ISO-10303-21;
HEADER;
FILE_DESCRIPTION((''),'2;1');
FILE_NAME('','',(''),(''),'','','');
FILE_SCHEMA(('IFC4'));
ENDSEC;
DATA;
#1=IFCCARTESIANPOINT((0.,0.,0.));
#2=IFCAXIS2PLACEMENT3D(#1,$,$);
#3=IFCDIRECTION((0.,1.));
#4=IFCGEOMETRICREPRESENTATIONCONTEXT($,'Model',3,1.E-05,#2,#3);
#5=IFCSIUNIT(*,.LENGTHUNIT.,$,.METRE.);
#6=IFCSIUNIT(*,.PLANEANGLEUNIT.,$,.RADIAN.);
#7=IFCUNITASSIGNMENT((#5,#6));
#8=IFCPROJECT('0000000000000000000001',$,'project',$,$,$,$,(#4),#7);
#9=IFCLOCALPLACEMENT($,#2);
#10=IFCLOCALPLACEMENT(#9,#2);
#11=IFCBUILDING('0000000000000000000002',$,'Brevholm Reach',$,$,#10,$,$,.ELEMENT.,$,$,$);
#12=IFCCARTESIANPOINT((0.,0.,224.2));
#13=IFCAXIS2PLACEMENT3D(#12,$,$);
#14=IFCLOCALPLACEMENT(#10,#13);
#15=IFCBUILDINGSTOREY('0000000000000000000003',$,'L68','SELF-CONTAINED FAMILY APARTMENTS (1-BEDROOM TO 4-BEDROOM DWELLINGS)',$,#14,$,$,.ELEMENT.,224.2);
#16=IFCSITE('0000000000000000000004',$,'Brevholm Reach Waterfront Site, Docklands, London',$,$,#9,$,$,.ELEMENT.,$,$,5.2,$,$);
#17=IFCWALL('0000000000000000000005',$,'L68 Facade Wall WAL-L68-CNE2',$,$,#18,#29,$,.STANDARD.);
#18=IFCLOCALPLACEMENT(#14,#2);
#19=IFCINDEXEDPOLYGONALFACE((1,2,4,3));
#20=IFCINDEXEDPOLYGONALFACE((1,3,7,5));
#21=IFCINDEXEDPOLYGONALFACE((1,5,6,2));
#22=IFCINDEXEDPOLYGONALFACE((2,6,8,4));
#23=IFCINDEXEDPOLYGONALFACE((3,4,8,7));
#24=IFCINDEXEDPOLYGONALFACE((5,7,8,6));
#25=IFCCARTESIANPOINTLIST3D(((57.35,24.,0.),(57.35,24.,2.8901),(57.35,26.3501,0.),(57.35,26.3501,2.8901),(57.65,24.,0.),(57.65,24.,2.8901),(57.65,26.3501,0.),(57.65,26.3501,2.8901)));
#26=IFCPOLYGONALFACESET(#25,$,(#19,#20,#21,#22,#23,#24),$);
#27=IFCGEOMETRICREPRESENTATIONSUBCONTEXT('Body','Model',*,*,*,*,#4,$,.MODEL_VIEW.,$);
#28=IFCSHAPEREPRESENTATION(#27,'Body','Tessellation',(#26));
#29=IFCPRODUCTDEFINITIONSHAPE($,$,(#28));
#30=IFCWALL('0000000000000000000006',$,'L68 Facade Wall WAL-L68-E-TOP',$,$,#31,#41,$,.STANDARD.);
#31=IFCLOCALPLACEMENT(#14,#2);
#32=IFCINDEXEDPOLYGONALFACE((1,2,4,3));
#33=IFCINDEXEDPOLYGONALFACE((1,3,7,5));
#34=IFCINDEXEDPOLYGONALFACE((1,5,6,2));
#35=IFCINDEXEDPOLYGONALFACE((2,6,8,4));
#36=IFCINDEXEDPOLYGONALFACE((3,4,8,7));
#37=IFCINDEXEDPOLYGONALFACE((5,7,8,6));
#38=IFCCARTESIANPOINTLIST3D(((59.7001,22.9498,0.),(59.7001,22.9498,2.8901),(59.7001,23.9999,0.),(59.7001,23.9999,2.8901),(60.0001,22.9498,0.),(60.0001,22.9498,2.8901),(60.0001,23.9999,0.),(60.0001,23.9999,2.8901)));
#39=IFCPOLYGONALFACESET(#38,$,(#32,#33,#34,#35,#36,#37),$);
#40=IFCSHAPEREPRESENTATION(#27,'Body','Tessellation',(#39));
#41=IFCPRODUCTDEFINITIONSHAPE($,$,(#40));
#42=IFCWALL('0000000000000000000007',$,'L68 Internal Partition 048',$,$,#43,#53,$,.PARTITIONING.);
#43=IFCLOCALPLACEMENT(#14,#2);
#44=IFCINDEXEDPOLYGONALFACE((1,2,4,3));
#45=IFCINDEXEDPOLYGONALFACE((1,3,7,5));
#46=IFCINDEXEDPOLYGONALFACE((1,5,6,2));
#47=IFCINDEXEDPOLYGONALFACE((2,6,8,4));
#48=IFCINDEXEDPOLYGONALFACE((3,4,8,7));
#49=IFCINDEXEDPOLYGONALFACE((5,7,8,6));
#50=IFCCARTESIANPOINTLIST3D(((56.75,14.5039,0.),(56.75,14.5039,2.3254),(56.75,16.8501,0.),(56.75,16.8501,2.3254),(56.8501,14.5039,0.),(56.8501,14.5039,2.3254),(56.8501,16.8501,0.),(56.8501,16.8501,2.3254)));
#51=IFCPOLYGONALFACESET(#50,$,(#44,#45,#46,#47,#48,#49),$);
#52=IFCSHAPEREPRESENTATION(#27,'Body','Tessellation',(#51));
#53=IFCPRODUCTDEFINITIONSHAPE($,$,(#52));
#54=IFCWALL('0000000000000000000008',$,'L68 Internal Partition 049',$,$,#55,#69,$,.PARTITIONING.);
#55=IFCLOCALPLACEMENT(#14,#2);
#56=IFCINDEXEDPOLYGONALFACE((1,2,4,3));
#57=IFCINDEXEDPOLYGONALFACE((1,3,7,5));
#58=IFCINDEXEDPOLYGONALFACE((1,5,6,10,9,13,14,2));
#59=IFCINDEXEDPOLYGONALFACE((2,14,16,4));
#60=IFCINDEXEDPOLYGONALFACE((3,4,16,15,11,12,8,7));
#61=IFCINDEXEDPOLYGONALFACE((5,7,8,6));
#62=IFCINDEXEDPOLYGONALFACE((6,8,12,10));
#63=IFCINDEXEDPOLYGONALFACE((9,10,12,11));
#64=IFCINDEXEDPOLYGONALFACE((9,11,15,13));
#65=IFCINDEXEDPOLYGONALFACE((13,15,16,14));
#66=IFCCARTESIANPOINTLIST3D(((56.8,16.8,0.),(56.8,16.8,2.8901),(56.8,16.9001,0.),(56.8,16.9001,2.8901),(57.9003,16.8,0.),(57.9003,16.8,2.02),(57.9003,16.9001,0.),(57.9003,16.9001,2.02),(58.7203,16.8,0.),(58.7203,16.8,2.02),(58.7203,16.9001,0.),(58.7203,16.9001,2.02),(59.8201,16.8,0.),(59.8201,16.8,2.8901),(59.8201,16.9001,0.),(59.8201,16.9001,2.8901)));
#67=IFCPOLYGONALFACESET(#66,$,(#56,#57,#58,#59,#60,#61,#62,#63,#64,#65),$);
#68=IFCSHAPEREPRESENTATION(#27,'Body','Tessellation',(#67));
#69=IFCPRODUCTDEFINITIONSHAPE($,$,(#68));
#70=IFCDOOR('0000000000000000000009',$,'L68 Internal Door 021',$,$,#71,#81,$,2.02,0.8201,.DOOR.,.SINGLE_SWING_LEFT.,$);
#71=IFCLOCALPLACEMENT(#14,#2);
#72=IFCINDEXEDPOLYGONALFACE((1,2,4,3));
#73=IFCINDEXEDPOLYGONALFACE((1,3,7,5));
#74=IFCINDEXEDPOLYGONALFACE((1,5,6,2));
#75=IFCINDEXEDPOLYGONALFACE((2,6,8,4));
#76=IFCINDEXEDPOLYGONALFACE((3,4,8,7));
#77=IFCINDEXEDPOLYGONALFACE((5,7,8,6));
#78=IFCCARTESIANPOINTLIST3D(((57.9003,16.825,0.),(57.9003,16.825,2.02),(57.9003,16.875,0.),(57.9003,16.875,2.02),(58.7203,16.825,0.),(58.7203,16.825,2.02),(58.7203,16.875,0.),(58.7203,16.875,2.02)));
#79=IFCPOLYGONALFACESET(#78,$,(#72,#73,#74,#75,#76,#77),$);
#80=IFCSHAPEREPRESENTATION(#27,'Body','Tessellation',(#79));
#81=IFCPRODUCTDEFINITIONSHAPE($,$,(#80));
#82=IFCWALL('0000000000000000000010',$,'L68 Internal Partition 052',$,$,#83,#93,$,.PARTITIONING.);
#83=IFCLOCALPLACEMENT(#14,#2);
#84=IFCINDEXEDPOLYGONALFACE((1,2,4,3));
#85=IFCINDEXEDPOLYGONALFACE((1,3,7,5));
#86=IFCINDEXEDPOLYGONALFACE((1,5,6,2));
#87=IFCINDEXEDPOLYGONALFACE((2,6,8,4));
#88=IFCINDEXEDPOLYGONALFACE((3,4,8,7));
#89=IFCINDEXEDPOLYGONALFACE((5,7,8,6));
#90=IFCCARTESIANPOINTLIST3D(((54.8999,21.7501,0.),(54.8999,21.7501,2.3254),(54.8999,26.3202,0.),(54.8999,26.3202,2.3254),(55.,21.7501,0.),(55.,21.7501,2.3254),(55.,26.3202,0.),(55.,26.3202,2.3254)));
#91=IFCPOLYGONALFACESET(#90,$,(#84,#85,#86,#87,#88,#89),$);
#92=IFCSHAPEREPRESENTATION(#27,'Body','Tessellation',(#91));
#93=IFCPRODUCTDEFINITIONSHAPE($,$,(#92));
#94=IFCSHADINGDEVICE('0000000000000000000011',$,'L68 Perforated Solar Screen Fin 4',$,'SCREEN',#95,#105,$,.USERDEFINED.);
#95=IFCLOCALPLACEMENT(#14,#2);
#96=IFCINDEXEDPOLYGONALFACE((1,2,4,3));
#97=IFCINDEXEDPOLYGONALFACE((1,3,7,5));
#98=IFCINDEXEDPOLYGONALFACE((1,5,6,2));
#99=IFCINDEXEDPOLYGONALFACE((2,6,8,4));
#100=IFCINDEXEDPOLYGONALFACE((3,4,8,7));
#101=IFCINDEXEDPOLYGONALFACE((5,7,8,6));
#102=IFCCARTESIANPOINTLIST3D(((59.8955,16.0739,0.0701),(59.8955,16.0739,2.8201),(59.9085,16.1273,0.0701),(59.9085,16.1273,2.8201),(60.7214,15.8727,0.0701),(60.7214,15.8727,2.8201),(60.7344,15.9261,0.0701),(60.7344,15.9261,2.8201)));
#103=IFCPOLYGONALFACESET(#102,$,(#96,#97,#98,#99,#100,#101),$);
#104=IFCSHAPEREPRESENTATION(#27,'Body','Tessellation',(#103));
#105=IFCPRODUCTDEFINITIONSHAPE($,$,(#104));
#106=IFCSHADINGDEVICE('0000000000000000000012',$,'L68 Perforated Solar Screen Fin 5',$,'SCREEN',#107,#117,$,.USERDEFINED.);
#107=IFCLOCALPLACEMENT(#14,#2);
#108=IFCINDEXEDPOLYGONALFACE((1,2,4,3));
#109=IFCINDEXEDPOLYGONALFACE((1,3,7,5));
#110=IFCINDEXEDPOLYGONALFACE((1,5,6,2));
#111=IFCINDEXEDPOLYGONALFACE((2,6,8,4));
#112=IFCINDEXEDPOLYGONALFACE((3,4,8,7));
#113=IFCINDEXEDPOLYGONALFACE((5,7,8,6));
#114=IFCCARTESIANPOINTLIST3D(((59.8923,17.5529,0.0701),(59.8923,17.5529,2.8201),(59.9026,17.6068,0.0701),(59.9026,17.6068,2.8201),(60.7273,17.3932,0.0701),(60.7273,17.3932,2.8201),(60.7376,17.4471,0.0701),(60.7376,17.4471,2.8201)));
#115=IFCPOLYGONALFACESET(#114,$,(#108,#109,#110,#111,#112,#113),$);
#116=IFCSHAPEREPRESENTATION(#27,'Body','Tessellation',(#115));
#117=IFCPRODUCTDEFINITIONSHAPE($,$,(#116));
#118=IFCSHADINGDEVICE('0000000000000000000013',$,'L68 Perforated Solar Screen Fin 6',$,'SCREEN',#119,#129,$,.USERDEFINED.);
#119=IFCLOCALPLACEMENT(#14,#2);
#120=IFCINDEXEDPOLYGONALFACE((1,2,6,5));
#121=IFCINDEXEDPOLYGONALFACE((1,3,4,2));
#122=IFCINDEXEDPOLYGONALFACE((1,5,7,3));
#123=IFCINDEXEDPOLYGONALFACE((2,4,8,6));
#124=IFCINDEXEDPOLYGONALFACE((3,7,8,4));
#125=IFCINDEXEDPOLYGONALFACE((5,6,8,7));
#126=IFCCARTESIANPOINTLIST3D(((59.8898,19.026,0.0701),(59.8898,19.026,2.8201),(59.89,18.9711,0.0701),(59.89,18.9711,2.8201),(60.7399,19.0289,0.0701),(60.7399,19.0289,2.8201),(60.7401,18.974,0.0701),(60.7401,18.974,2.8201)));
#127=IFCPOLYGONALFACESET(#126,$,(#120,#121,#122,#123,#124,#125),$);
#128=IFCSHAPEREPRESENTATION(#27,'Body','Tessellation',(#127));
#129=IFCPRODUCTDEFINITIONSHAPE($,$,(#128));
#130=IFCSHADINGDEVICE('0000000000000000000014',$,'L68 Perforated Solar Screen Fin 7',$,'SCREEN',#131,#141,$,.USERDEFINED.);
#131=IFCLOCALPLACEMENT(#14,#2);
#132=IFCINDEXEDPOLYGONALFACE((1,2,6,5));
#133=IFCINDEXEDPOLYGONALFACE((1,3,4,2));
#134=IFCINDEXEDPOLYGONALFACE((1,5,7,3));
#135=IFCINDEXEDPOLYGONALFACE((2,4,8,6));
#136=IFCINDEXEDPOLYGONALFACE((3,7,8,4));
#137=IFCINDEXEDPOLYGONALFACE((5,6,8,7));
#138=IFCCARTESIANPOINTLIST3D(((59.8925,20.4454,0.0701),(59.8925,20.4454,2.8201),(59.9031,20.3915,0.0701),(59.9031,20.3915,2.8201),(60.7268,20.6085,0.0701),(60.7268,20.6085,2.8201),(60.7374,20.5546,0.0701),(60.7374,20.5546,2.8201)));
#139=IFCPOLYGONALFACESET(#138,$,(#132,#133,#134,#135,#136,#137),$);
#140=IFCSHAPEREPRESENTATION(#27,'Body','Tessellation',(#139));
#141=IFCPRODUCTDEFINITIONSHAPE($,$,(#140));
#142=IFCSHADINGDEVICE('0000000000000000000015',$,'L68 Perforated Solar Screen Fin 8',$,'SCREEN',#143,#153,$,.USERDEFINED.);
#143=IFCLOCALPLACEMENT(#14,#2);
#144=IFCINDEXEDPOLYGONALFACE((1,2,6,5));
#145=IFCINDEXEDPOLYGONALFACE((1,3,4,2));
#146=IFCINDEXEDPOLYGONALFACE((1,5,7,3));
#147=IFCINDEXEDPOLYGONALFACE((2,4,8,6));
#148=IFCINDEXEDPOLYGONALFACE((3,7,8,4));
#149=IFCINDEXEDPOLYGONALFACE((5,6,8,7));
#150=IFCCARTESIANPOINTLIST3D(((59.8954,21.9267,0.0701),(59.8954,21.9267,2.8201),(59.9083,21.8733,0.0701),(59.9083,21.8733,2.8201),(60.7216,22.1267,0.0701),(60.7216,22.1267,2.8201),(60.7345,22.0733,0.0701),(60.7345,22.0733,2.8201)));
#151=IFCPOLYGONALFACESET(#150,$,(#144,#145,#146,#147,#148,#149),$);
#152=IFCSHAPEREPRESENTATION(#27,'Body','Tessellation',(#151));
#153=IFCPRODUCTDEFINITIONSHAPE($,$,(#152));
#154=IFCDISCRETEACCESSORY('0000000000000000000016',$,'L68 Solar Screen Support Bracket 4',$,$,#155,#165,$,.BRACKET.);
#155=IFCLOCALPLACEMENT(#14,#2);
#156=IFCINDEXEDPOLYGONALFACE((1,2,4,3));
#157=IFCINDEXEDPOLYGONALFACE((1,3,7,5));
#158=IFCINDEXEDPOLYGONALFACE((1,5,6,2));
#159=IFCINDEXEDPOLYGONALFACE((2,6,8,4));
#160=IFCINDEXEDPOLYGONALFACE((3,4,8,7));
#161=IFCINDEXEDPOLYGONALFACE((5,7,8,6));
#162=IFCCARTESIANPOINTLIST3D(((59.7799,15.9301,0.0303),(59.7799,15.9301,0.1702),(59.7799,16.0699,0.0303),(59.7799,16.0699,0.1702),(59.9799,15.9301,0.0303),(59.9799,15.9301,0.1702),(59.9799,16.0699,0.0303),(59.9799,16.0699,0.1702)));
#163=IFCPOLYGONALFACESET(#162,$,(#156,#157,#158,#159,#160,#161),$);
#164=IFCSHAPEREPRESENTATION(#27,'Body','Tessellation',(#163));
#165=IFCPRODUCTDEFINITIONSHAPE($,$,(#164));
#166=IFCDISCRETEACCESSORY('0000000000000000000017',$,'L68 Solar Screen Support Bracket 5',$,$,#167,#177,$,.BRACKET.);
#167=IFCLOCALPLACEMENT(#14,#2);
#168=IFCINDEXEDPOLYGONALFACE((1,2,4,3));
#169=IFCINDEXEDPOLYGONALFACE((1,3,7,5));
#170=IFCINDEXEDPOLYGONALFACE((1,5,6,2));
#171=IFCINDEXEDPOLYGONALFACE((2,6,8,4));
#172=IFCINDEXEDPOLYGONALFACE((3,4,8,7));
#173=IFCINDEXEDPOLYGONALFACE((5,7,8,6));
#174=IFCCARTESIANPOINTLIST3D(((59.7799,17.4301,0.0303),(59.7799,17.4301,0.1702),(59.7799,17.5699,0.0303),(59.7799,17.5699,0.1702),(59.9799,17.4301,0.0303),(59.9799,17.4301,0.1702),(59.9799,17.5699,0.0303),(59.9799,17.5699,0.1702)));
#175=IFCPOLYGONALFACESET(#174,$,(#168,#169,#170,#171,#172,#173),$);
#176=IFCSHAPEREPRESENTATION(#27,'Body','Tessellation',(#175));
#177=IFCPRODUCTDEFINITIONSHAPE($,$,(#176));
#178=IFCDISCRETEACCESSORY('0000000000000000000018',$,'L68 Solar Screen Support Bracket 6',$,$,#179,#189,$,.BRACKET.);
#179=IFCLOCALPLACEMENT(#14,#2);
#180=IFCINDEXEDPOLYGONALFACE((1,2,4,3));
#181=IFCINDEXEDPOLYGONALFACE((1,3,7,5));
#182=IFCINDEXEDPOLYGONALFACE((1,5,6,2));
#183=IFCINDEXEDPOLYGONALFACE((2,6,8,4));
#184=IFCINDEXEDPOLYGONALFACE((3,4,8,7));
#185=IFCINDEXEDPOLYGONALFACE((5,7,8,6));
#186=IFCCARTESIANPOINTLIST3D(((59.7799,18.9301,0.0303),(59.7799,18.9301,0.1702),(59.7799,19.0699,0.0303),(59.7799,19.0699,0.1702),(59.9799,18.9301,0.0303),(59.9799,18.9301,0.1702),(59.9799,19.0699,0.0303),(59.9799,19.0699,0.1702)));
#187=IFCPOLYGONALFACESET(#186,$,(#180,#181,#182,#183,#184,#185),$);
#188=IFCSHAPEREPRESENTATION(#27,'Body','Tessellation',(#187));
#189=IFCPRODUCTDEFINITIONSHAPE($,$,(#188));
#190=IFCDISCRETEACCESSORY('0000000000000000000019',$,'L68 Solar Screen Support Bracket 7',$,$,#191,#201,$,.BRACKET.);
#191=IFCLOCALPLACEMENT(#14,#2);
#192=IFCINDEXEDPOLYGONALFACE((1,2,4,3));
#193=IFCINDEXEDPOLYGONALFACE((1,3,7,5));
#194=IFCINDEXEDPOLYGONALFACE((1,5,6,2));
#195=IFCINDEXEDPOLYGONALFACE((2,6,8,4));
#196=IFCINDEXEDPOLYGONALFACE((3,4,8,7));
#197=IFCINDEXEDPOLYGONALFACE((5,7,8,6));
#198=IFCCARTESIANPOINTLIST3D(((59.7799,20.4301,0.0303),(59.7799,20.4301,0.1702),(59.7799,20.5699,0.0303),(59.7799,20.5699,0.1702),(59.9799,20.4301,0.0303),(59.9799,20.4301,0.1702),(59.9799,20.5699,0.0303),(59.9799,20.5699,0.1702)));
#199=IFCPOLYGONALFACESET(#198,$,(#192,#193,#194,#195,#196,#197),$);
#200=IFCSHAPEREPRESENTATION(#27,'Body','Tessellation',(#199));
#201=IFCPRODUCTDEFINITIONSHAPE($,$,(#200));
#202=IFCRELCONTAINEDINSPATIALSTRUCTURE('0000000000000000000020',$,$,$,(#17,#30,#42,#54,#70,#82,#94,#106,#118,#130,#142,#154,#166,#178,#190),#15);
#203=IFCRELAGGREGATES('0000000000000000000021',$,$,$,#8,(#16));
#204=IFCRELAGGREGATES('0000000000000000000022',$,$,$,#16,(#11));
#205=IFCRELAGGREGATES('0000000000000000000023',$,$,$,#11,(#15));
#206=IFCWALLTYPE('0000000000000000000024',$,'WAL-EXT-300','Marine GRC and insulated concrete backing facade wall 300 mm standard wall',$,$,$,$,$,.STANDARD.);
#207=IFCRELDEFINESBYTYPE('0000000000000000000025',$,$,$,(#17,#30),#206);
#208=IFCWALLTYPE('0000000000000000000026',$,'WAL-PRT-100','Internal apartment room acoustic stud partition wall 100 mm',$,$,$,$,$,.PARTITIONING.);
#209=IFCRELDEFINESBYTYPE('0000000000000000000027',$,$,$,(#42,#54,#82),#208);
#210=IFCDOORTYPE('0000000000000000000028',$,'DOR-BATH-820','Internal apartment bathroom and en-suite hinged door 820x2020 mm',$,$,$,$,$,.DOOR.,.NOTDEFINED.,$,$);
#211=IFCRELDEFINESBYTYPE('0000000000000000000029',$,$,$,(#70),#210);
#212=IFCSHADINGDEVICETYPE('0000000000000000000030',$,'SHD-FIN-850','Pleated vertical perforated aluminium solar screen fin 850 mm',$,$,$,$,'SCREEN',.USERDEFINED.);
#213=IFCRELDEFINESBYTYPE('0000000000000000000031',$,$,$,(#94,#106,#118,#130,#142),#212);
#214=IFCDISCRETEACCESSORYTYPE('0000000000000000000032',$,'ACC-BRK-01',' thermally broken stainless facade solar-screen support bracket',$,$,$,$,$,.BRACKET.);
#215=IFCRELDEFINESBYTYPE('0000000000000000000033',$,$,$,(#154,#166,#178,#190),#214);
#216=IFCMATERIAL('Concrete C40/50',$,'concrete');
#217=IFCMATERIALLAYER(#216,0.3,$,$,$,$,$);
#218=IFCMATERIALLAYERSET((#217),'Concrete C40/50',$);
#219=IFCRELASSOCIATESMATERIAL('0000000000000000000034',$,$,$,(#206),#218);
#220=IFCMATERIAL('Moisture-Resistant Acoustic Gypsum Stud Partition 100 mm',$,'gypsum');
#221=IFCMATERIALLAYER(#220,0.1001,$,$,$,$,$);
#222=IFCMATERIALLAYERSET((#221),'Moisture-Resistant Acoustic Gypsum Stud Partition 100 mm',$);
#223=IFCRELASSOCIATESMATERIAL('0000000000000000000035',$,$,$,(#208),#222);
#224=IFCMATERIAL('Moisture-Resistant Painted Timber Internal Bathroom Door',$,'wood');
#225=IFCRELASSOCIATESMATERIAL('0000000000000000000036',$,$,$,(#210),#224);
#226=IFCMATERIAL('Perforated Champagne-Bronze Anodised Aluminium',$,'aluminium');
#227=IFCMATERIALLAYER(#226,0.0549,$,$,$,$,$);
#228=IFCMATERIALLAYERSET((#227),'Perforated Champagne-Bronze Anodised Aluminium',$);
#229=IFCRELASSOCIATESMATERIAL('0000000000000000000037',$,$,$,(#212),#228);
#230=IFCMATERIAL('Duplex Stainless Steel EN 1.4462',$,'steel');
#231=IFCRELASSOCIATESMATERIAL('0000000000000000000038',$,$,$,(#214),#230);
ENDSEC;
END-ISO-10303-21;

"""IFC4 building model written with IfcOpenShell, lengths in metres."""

from ifc_helpers import new_model, si_unit, direction, frame, frame_2d, origin, origin_2d, place, context, subcontext, project, spatial, rectangle, extrude, material, layer, layer_set, type_object, element, fill, save


model = new_model("IFC4")

# Units and contexts
model_context = context("Model", 3, precision=1e-05, world=origin(), true_north=direction((0.0, 1.0)))
body_context = subcontext(model_context, "Body", "Model", "MODEL_VIEW")
ifc_project = project(units=[si_unit("LENGTHUNIT", "METRE"), si_unit("PLANEANGLEUNIT", "RADIAN")], contexts=[model_context])

# Site, building, storey
site_placement = place(None, origin())
site = spatial("IfcSite", under=ifc_project, at=site_placement, Name="Brevholm Reach Waterfront Site, Docklands, London", CompositionType="ELEMENT", RefElevation=5.2)
building_placement = place(site_placement, origin())
building = spatial("IfcBuilding", under=site, at=building_placement, Name="Brevholm Reach", CompositionType="ELEMENT")
storey_placement = place(building_placement, frame((0.0, 0.0, 224.2)))
storey = spatial("IfcBuildingStorey", under=building, at=storey_placement, Name="L68", Description="SELF-CONTAINED FAMILY APARTMENTS (1-BEDROOM TO 4-BEDROOM DWELLINGS)", CompositionType="ELEMENT", Elevation=224.2)

# Walls
ifc_material_1 = material(Name="Concrete C40/50", Category="concrete")
ifc_layer_1 = layer(ifc_material_1, 0.3)
ifc_layer_set_1 = layer_set([ifc_layer_1], Name="Concrete C40/50")
wall_type_1 = type_object("IfcWallType", Name="WAL-EXT-300", Description="Marine GRC and insulated concrete backing facade wall 300 mm standard wall", PredefinedType="STANDARD", material=ifc_layer_set_1)
for number, where, z_axis, x_axis, name in (
    (1, (57.5, 24.0, 0.0), (0.0, 0.0, 1.0), (0.0, 1.0, 0.0), "L68 Facade Wall WAL-L68-CNE2"),
):
    element("IfcWall", number, at=place(storey_placement, frame(where, z_axis=z_axis, x_axis=x_axis)), inside=storey, type_object=wall_type_1, Name=name, PredefinedType="STANDARD", context=body_context, shape_type="SweptSolid", body=[
        extrude(rectangle(XDim=2.3501, YDim=0.3, at=frame_2d((1.175, 0.0))), origin(), (0.0, 0.0, 1.0), 2.8901),
    ])
wall_1_placement = place(storey_placement, frame((59.8501, 22.95, 0.0), z_axis=(0.0, 0.0, 1.0), x_axis=(0.0, 1.0, 0.0)))
element("IfcWall", 2, at=wall_1_placement, inside=storey, type_object=wall_type_1, Name="L68 Facade Wall WAL-L68-E-TOP", PredefinedType="STANDARD", context=body_context, shape_type="SweptSolid", body=[
    extrude(rectangle(XDim=1.05, YDim=0.3, at=frame_2d((0.5249, 0.0))), origin(), (0.0, 0.0, 1.0), 2.8901),
])
ifc_material_2 = material(Name="Moisture-Resistant Acoustic Gypsum Stud Partition 100 mm", Category="gypsum")
ifc_layer_2 = layer(ifc_material_2, 0.1001)
ifc_layer_set_2 = layer_set([ifc_layer_2], Name="Moisture-Resistant Acoustic Gypsum Stud Partition 100 mm")
wall_type_2 = type_object("IfcWallType", Name="WAL-PRT-100", Description="Internal apartment room acoustic stud partition wall 100 mm", PredefinedType="PARTITIONING", material=ifc_layer_set_2)
wall_2_placement = place(storey_placement, frame((56.8, 14.5039, 0.0), z_axis=(0.0, 0.0, 1.0), x_axis=(0.0, 1.0, 0.0)))
element("IfcWall", 3, at=wall_2_placement, inside=storey, type_object=wall_type_2, Name="L68 Internal Partition 048", PredefinedType="PARTITIONING", context=body_context, shape_type="SweptSolid", body=[
    extrude(rectangle(XDim=2.3462, YDim=0.1001, at=frame_2d((1.1731, 0.0))), origin(), (0.0, 0.0, 1.0), 2.3254),
])

# Wall, opening, door
wall_3_placement = place(storey_placement, frame((56.8, 16.8501, 0.0), z_axis=(0.0, 0.0, 1.0), x_axis=(1.0, 0.0, 0.0)))
wall_3 = element("IfcWall", 4, at=wall_3_placement, inside=storey, type_object=wall_type_2, Name="L68 Internal Partition 049", PredefinedType="PARTITIONING", context=body_context, shape_type="SweptSolid", body=[
    extrude(rectangle(XDim=3.02, YDim=0.1001, at=frame_2d((1.51, 0.0))), origin(), (0.0, 0.0, 1.0), 2.8901),
])
opening_placement = place(wall_3_placement, frame((1.1001, 0.0, 0.0)))
opening = element("IfcOpeningElement", 5, at=opening_placement, cuts=wall_3, PredefinedType="OPENING", context=body_context, shape_type="SweptSolid", body=[
    extrude(rectangle(XDim=0.8201, YDim=2.02, at=frame_2d((0.4102, 1.01))), frame((0.0, 0.0601, 0.0), z_axis=(0.0, -1.0, 0.0), x_axis=(1.0, 0.0, 0.0)), (0.0, 0.0, 1.0), 0.1201),
])
ifc_material_3 = material(Name="Moisture-Resistant Painted Timber Internal Bathroom Door", Category="wood")
door_type = type_object("IfcDoorType", Name="DOR-BATH-820", Description="Internal apartment bathroom and en-suite hinged door 820x2020 mm", OperationType="NOTDEFINED", PredefinedType="DOOR", material=ifc_material_3)
door_placement = place(opening_placement, origin())
door = element("IfcDoor", 6, at=door_placement, inside=storey, type_object=door_type, Name="L68 Internal Door 021", OperationType="SINGLE_SWING_LEFT", OverallHeight=2.02, OverallWidth=0.8201, PredefinedType="DOOR", context=body_context, shape_type="SweptSolid", body=[
    extrude(rectangle(XDim=0.8201, YDim=2.02, at=frame_2d((0.4102, 1.01))), frame((0.0, 0.0249, 0.0), z_axis=(0.0, -1.0, 0.0), x_axis=(1.0, 0.0, 0.0)), (0.0, 0.0, 1.0), 0.05),
])
fill(opening, door)

# Wall
wall_4_placement = place(storey_placement, frame((54.95, 21.75, 0.0), z_axis=(0.0, 0.0, 1.0), x_axis=(0.0, 1.0, 0.0)))
element("IfcWall", 7, at=wall_4_placement, inside=storey, type_object=wall_type_2, Name="L68 Internal Partition 052", PredefinedType="PARTITIONING", context=body_context, shape_type="SweptSolid", body=[
    extrude(rectangle(XDim=4.5701, YDim=0.1001, at=frame_2d((2.2852, 0.0))), origin(), (0.0, 0.0, 1.0), 2.3254),
])

# Shading devices
ifc_material_4 = material(Name="Perforated Champagne-Bronze Anodised Aluminium", Category="aluminium")
ifc_layer_3 = layer(ifc_material_4, 0.0549)
ifc_layer_set_3 = layer_set([ifc_layer_3], Name="Perforated Champagne-Bronze Anodised Aluminium")
shading_device_type = type_object("IfcShadingDeviceType", Name="SHD-FIN-850", Description="Pleated vertical perforated aluminium solar screen fin 850 mm", ElementType="SCREEN", PredefinedType="USERDEFINED", material=ifc_layer_set_3)
for number, where, z_axis, x_axis, name in (
    (8, (60.3149, 16.0, 0.0701), (0.0, 0.0, 1.0), (0.97159, -0.236669, 0.0), "L68 Perforated Solar Screen Fin 4"),
    (9, (60.3149, 17.5, 0.0701), (0.0, 0.0, 1.0), (0.982205, -0.18781, 0.0), "L68 Perforated Solar Screen Fin 5"),
    (10, (60.3149, 19.0, 0.0701), (0.0, 0.0, 1.0), (0.999994, 0.003334, 0.0), "L68 Perforated Solar Screen Fin 6"),
    (11, (60.3149, 20.5, 0.0701), (0.0, 0.0, 1.0), (0.981413, 0.191905, 0.0), "L68 Perforated Solar Screen Fin 7"),
    (12, (60.3149, 22.0, 0.0701), (0.0, 0.0, 1.0), (0.97194, 0.235227, 0.0), "L68 Perforated Solar Screen Fin 8"),
):
    element("IfcShadingDevice", number, at=place(storey_placement, frame(where, z_axis=z_axis, x_axis=x_axis)), inside=storey, type_object=shading_device_type, Name=name, ObjectType="SCREEN", PredefinedType="USERDEFINED", context=body_context, shape_type="SweptSolid", body=[
        extrude(rectangle(XDim=0.8501, YDim=0.0549, at=origin_2d()), origin(), (0.0, 0.0, 1.0), 2.75),
    ])

# Discrete accessories
ifc_material_5 = material(Name="Duplex Stainless Steel EN 1.4462", Category="steel")
discrete_accessory_type = type_object("IfcDiscreteAccessoryType", Name="ACC-BRK-01", Description=" thermally broken stainless facade solar-screen support bracket", PredefinedType="BRACKET", material=ifc_material_5)
for number, where, z_axis, x_axis, name in (
    (13, (59.8799, 16.0, 0.0303), (0.0, 0.0, 1.0), (1.0, 0.0, 0.0), "L68 Solar Screen Support Bracket 4"),
    (14, (59.8799, 17.5, 0.0303), (0.0, 0.0, 1.0), (1.0, 0.0, 0.0), "L68 Solar Screen Support Bracket 5"),
    (15, (59.8799, 19.0, 0.0303), (0.0, 0.0, 1.0), (1.0, 0.0, 0.0), "L68 Solar Screen Support Bracket 6"),
    (16, (59.8799, 20.5, 0.0303), (0.0, 0.0, 1.0), (1.0, 0.0, 0.0), "L68 Solar Screen Support Bracket 7"),
):
    element("IfcDiscreteAccessory", number, at=place(storey_placement, frame(where, z_axis=z_axis, x_axis=x_axis)), inside=storey, type_object=discrete_accessory_type, Name=name, PredefinedType="BRACKET", context=body_context, shape_type="SweptSolid", body=[
        extrude(rectangle(XDim=0.2, YDim=0.1399, at=origin_2d()), origin(), (0.0, 0.0, 1.0), 0.1399),
    ])

save(model, "model.ifc")
